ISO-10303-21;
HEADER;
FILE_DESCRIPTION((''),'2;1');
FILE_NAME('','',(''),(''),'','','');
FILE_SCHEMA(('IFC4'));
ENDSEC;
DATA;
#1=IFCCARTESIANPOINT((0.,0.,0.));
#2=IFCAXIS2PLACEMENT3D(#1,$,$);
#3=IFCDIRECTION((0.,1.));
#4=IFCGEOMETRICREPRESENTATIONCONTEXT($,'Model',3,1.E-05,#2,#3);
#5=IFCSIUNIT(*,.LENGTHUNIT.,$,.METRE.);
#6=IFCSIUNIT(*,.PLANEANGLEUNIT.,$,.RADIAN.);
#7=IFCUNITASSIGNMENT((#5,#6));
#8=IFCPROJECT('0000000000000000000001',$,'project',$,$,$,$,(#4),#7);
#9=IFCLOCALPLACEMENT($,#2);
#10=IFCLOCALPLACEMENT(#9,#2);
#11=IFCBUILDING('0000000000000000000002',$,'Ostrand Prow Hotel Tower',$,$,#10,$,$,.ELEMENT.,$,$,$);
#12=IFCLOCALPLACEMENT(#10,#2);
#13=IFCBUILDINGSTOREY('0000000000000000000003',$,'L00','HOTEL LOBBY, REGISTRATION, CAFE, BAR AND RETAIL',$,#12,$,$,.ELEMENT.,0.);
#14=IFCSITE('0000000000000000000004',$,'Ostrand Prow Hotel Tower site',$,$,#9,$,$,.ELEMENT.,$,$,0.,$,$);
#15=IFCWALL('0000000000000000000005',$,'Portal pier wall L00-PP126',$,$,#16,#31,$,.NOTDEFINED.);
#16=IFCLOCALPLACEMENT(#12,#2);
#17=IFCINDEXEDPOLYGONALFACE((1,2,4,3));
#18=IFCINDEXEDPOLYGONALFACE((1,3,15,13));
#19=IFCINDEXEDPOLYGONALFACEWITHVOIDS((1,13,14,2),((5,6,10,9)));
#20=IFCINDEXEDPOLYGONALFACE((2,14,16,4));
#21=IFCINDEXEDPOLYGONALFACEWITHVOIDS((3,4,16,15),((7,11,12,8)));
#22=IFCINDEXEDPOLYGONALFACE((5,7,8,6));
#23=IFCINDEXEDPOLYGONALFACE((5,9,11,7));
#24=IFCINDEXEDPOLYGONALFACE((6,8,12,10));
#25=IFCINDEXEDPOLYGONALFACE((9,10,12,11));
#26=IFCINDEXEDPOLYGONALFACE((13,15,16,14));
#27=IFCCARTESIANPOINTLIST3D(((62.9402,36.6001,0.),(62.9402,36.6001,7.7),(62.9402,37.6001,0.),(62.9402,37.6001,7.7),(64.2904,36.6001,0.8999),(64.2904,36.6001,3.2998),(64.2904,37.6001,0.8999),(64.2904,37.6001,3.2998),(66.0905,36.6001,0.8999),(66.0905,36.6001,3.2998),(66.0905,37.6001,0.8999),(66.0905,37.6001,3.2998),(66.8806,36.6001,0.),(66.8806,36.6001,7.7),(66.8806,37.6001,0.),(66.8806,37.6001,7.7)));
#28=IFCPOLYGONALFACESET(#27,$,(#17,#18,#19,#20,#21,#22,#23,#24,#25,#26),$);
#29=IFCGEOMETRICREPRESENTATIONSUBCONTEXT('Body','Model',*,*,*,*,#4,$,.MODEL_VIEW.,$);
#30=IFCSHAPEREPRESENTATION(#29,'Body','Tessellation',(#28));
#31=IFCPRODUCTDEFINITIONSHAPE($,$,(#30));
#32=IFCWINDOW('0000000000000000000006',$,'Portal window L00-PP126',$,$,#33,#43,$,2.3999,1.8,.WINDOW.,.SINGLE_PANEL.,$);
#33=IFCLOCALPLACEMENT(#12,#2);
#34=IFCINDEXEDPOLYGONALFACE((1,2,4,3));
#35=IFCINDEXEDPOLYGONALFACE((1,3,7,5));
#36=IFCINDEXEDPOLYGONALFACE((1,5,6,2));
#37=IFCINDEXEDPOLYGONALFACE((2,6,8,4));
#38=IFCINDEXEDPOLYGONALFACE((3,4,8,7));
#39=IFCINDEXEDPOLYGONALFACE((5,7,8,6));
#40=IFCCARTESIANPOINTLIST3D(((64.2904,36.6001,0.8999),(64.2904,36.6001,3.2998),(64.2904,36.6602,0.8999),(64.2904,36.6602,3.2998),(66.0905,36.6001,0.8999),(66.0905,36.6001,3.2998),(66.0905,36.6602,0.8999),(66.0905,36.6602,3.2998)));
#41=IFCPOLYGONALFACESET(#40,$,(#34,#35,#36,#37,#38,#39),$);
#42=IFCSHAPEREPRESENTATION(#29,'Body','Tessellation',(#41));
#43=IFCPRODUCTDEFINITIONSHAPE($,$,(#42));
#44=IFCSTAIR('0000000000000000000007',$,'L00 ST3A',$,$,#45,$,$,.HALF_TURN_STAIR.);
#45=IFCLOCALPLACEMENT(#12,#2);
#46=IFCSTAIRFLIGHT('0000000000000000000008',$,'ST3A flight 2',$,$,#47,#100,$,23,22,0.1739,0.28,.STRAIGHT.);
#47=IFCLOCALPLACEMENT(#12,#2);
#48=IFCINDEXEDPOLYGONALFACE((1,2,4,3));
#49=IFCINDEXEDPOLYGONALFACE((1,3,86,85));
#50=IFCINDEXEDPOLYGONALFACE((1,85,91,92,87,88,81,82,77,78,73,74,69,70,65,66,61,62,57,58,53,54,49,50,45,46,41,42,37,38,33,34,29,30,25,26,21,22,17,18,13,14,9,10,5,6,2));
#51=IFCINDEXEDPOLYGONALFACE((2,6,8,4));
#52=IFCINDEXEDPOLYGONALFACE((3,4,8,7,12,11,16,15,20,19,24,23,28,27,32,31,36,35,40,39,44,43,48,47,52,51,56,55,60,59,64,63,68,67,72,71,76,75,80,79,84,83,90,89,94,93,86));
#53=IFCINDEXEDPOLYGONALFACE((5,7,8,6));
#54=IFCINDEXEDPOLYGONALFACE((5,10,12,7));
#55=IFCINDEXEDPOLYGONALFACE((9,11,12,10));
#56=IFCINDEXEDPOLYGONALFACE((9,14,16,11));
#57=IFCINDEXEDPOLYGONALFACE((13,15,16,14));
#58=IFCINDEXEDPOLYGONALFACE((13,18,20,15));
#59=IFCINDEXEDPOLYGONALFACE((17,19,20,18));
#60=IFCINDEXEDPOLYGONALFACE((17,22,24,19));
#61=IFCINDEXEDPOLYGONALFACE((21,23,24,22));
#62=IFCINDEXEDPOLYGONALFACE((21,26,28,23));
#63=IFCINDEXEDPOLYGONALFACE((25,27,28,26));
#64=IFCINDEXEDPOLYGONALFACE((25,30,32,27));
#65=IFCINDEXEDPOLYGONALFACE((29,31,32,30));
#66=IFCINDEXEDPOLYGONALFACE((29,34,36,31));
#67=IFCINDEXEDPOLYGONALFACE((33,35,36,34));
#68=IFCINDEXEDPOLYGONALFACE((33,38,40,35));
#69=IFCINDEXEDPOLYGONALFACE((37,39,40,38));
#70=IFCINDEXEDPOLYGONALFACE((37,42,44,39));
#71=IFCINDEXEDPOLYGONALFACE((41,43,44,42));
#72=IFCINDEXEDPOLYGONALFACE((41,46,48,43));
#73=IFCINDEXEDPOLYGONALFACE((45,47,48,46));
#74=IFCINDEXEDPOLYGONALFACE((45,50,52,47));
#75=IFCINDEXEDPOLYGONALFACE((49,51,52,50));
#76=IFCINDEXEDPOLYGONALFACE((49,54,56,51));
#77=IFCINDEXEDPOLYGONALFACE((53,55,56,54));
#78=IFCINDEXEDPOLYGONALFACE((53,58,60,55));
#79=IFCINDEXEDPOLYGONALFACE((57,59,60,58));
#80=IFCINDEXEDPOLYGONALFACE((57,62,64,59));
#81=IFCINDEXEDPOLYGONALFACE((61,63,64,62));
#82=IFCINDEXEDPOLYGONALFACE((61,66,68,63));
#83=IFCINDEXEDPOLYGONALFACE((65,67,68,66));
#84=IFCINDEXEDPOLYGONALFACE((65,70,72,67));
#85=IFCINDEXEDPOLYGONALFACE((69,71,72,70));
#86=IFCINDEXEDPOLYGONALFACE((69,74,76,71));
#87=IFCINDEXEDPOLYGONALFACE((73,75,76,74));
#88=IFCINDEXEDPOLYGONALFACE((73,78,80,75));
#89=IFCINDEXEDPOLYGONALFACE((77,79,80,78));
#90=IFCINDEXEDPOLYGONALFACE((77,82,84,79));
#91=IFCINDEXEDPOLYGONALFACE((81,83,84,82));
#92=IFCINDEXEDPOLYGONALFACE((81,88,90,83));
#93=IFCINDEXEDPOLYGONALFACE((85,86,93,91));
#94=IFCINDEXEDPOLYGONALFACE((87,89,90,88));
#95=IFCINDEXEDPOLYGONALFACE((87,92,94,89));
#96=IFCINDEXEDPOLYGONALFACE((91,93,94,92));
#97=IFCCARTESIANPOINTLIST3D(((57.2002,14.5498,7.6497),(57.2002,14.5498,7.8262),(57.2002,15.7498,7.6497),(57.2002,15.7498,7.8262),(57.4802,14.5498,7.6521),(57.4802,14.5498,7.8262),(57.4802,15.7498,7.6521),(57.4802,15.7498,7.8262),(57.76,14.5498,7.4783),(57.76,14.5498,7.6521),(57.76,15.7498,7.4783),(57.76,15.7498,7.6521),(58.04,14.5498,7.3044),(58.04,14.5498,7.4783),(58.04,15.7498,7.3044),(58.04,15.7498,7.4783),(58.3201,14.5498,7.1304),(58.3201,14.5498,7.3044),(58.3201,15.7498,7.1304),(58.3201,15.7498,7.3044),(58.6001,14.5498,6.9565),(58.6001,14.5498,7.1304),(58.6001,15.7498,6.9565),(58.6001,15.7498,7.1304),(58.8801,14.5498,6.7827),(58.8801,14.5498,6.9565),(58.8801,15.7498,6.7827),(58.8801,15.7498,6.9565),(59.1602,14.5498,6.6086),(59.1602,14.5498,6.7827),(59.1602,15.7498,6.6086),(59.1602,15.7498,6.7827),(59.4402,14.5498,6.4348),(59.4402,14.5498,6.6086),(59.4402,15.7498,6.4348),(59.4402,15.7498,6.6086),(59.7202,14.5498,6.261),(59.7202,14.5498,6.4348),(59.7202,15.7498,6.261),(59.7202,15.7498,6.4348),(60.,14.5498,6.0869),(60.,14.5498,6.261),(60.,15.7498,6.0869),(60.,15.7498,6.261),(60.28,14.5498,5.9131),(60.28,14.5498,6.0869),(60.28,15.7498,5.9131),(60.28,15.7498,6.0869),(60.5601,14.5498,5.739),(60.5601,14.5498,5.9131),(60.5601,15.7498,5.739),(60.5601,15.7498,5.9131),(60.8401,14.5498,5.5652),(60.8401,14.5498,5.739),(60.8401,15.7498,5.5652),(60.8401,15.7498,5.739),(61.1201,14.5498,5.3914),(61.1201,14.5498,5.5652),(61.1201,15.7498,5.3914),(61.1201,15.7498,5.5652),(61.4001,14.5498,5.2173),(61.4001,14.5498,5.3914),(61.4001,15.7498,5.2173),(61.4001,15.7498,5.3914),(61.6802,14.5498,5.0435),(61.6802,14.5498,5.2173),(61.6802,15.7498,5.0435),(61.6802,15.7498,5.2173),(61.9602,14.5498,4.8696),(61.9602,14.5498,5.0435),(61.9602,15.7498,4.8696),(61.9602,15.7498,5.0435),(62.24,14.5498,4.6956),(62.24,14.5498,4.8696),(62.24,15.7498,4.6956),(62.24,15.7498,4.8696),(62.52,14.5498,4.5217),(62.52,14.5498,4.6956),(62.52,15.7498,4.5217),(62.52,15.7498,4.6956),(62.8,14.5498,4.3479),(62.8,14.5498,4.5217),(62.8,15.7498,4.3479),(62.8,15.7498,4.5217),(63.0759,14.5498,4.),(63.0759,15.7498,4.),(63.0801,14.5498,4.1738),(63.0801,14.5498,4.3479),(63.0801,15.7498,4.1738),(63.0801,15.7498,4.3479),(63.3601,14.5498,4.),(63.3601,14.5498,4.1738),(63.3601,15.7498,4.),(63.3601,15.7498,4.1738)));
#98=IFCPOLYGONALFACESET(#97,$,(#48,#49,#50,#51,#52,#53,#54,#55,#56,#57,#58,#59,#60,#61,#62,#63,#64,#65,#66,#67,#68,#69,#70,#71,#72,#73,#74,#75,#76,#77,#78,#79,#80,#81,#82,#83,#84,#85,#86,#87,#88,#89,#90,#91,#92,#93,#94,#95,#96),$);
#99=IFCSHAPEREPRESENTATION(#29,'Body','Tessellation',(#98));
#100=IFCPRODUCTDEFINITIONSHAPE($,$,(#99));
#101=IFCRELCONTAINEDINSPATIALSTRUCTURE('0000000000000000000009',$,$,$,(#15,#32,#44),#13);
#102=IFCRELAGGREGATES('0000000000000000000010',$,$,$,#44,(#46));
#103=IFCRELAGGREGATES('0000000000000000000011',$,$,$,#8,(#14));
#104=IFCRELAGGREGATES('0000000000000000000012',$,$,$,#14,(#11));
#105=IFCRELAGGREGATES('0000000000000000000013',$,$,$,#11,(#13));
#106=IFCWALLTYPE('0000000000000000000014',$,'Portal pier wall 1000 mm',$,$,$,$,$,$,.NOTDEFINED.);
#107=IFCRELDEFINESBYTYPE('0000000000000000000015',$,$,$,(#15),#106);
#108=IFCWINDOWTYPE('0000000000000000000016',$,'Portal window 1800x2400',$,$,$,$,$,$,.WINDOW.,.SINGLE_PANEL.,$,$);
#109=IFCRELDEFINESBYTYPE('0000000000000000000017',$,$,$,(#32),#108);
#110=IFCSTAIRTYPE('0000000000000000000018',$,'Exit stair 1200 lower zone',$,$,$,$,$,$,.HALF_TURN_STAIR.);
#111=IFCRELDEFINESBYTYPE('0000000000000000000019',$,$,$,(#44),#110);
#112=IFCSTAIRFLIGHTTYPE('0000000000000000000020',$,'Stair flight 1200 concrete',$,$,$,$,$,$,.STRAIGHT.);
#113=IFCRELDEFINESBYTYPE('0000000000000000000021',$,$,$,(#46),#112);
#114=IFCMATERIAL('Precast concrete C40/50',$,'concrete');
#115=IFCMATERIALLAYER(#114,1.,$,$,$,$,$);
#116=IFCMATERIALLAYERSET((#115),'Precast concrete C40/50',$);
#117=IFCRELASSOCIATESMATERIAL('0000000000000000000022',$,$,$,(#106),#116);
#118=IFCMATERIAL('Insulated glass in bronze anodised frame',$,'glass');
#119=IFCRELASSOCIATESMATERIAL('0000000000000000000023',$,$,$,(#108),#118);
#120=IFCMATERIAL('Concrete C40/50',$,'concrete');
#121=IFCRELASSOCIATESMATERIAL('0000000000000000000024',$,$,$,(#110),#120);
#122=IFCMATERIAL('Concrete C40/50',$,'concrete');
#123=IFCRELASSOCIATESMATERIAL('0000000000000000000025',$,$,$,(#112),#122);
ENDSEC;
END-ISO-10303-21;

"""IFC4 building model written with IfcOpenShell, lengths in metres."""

from ifc_helpers import new_model, si_unit, direction, frame, frame_2d, origin, place, context, subcontext, project, spatial, polyline, rectangle, outline, extrude, material, layer, layer_set, type_object, element, fill, aggregate, save


model = new_model("IFC4")

# Units and contexts
model_context = context("Model", 3, precision=1e-05, world=origin(), true_north=direction((0.0, 1.0)))
body_context = subcontext(model_context, "Body", "Model", "MODEL_VIEW")
ifc_project = project(units=[si_unit("LENGTHUNIT", "METRE"), si_unit("PLANEANGLEUNIT", "RADIAN")], contexts=[model_context])

# Site, building, storey
site_placement = place(None, origin())
site = spatial("IfcSite", under=ifc_project, at=site_placement, Name="Ostrand Prow Hotel Tower site", CompositionType="ELEMENT", RefElevation=0.0)
building_placement = place(site_placement, origin())
building = spatial("IfcBuilding", under=site, at=building_placement, Name="Ostrand Prow Hotel Tower", CompositionType="ELEMENT")
storey_placement = place(building_placement, origin())
storey = spatial("IfcBuildingStorey", under=building, at=storey_placement, Name="L00", Description="HOTEL LOBBY, REGISTRATION, CAFE, BAR AND RETAIL", CompositionType="ELEMENT", Elevation=0.0)

# Shared definitions
ifc_material_1 = material(Name="Precast concrete C40/50", Category="concrete")
ifc_layer_1 = layer(ifc_material_1, 1.0)
ifc_layer_set_1 = layer_set([ifc_layer_1], Name="Precast concrete C40/50")
wall_type_1 = type_object("IfcWallType", Name="Portal pier wall 1000 mm", PredefinedType="NOTDEFINED", material=ifc_layer_set_1)
ifc_material_2 = material(Name="Insulated glass in bronze anodised frame", Category="glass")
window_type = type_object("IfcWindowType", Name="Portal window 1800x2400", PartitioningType="SINGLE_PANEL", PredefinedType="WINDOW", material=ifc_material_2)

# Wall, opening, window
wall_1_placement = place(storey_placement, frame((66.8806, 37.1001, 0.0), z_axis=(0.0, 0.0, 1.0), x_axis=(-1.0, 0.0, 0.0)))
wall_1 = element("IfcWall", 1, at=wall_1_placement, inside=storey, type_object=wall_type_1, Name="Portal pier wall L00-PP126", PredefinedType="NOTDEFINED", context=body_context, shape_type="SweptSolid", body=[
    extrude(outline(polyline([(0.0, -0.5), (3.9404, -0.5), (3.9404, 0.5), (0.0, 0.5), (0.0, -0.5)])), origin(), (0.0, 0.0, 1.0), 7.7),
])
opening_1_placement = place(wall_1_placement, frame((0.7903, 0.0, 0.8999)))
opening_1 = element("IfcOpeningElement", 2, at=opening_1_placement, cuts=wall_1, PredefinedType="OPENING", context=body_context, shape_type="SweptSolid", body=[
    extrude(rectangle(XDim=1.8, YDim=2.3999, at=frame_2d((0.8999, 1.2))), frame((0.0, 0.51, 0.0), z_axis=(0.0, -1.0, 0.0), x_axis=(1.0, 0.0, 0.0)), (0.0, 0.0, 1.0), 1.02),
])
window_1_placement = place(opening_1_placement, origin())
window_1 = element("IfcWindow", 3, at=window_1_placement, inside=storey, type_object=window_type, Name="Portal window L00-PP126", OverallHeight=2.3999, OverallWidth=1.8, PartitioningType="SINGLE_PANEL", PredefinedType="WINDOW", context=body_context, shape_type="SweptSolid", body=[
    extrude(rectangle(XDim=1.8, YDim=2.3999, at=frame_2d((0.8999, 1.2))), frame((0.0, 0.5, 0.0), z_axis=(0.0, -1.0, 0.0), x_axis=(1.0, 0.0, 0.0)), (0.0, 0.0, 1.0), 0.0601),
])
fill(opening_1, window_1)

# Stair, stair flight
ifc_material_3 = material(Name="Concrete C40/50", Category="concrete")
stair_type = type_object("IfcStairType", Name="Exit stair 1200 lower zone", PredefinedType="HALF_TURN_STAIR", material=ifc_material_3)
stair_placement = place(storey_placement, origin())
stair = element("IfcStair", 4, at=stair_placement, inside=storey, type_object=stair_type, Name="L00 ST3A", PredefinedType="HALF_TURN_STAIR")
ifc_material_4 = material(Name="Concrete C40/50", Category="concrete")
stair_flight_type = type_object("IfcStairFlightType", Name="Stair flight 1200 concrete", PredefinedType="STRAIGHT", material=ifc_material_4)
stair_flight_placement = place(storey_placement, frame((63.3601, 15.1499, 4.0), z_axis=(0.0, 0.0, 1.0), x_axis=(-1.0, 0.0, 0.0)))
stair_flight = element("IfcStairFlight", 5, at=stair_flight_placement, type_object=stair_flight_type, Name="ST3A flight 2", NumberOfRisers=23, NumberOfTreads=22, PredefinedType="STRAIGHT", RiserHeight=0.1739, TreadLength=0.28, context=body_context, shape_type="SweptSolid", body=[
    extrude(outline(polyline([(0.0, 0.0), (0.0, 0.1738), (0.28, 0.1738), (0.28, 0.3479), (0.5601, 0.3479), (0.5601, 0.5217), (0.8401, 0.5217), (0.8401, 0.6956), (1.1201, 0.6956), (1.1201, 0.8696), (1.3999, 0.8696), (1.3999, 1.0435), (1.6799, 1.0435), (1.6799, 1.2173), (1.96, 1.2173), (1.96, 1.3914), (2.24, 1.3914), (2.24, 1.5652), (2.52, 1.5652), (2.52, 1.739), (2.8, 1.739), (2.8, 1.9131), (3.0801, 1.9131), (3.0801, 2.0869), (3.3601, 2.0869), (3.3601, 2.261), (3.6399, 2.261), (3.6399, 2.4348), (3.9199, 2.4348), (3.9199, 2.6086), (4.2, 2.6086), (4.2, 2.7827), (4.48, 2.7827), (4.48, 2.9565), (4.76, 2.9565), (4.76, 3.1304), (5.04, 3.1304), (5.04, 3.3044), (5.3201, 3.3044), (5.3201, 3.4783), (5.6001, 3.4783), (5.6001, 3.6521), (5.8799, 3.6521), (5.8799, 3.8262), (6.1599, 3.8262), (6.1599, 4.0), (6.1599, 3.6497), (0.2842, 0.0), (0.0, 0.0)])), frame((0.0, 0.6001, 0.0), z_axis=(0.0, -1.0, 0.0), x_axis=(1.0, 0.0, 0.0)), (0.0, 0.0, 1.0), 1.2),
])
aggregate(stair, [stair_flight])

save(model, "model.ifc")
